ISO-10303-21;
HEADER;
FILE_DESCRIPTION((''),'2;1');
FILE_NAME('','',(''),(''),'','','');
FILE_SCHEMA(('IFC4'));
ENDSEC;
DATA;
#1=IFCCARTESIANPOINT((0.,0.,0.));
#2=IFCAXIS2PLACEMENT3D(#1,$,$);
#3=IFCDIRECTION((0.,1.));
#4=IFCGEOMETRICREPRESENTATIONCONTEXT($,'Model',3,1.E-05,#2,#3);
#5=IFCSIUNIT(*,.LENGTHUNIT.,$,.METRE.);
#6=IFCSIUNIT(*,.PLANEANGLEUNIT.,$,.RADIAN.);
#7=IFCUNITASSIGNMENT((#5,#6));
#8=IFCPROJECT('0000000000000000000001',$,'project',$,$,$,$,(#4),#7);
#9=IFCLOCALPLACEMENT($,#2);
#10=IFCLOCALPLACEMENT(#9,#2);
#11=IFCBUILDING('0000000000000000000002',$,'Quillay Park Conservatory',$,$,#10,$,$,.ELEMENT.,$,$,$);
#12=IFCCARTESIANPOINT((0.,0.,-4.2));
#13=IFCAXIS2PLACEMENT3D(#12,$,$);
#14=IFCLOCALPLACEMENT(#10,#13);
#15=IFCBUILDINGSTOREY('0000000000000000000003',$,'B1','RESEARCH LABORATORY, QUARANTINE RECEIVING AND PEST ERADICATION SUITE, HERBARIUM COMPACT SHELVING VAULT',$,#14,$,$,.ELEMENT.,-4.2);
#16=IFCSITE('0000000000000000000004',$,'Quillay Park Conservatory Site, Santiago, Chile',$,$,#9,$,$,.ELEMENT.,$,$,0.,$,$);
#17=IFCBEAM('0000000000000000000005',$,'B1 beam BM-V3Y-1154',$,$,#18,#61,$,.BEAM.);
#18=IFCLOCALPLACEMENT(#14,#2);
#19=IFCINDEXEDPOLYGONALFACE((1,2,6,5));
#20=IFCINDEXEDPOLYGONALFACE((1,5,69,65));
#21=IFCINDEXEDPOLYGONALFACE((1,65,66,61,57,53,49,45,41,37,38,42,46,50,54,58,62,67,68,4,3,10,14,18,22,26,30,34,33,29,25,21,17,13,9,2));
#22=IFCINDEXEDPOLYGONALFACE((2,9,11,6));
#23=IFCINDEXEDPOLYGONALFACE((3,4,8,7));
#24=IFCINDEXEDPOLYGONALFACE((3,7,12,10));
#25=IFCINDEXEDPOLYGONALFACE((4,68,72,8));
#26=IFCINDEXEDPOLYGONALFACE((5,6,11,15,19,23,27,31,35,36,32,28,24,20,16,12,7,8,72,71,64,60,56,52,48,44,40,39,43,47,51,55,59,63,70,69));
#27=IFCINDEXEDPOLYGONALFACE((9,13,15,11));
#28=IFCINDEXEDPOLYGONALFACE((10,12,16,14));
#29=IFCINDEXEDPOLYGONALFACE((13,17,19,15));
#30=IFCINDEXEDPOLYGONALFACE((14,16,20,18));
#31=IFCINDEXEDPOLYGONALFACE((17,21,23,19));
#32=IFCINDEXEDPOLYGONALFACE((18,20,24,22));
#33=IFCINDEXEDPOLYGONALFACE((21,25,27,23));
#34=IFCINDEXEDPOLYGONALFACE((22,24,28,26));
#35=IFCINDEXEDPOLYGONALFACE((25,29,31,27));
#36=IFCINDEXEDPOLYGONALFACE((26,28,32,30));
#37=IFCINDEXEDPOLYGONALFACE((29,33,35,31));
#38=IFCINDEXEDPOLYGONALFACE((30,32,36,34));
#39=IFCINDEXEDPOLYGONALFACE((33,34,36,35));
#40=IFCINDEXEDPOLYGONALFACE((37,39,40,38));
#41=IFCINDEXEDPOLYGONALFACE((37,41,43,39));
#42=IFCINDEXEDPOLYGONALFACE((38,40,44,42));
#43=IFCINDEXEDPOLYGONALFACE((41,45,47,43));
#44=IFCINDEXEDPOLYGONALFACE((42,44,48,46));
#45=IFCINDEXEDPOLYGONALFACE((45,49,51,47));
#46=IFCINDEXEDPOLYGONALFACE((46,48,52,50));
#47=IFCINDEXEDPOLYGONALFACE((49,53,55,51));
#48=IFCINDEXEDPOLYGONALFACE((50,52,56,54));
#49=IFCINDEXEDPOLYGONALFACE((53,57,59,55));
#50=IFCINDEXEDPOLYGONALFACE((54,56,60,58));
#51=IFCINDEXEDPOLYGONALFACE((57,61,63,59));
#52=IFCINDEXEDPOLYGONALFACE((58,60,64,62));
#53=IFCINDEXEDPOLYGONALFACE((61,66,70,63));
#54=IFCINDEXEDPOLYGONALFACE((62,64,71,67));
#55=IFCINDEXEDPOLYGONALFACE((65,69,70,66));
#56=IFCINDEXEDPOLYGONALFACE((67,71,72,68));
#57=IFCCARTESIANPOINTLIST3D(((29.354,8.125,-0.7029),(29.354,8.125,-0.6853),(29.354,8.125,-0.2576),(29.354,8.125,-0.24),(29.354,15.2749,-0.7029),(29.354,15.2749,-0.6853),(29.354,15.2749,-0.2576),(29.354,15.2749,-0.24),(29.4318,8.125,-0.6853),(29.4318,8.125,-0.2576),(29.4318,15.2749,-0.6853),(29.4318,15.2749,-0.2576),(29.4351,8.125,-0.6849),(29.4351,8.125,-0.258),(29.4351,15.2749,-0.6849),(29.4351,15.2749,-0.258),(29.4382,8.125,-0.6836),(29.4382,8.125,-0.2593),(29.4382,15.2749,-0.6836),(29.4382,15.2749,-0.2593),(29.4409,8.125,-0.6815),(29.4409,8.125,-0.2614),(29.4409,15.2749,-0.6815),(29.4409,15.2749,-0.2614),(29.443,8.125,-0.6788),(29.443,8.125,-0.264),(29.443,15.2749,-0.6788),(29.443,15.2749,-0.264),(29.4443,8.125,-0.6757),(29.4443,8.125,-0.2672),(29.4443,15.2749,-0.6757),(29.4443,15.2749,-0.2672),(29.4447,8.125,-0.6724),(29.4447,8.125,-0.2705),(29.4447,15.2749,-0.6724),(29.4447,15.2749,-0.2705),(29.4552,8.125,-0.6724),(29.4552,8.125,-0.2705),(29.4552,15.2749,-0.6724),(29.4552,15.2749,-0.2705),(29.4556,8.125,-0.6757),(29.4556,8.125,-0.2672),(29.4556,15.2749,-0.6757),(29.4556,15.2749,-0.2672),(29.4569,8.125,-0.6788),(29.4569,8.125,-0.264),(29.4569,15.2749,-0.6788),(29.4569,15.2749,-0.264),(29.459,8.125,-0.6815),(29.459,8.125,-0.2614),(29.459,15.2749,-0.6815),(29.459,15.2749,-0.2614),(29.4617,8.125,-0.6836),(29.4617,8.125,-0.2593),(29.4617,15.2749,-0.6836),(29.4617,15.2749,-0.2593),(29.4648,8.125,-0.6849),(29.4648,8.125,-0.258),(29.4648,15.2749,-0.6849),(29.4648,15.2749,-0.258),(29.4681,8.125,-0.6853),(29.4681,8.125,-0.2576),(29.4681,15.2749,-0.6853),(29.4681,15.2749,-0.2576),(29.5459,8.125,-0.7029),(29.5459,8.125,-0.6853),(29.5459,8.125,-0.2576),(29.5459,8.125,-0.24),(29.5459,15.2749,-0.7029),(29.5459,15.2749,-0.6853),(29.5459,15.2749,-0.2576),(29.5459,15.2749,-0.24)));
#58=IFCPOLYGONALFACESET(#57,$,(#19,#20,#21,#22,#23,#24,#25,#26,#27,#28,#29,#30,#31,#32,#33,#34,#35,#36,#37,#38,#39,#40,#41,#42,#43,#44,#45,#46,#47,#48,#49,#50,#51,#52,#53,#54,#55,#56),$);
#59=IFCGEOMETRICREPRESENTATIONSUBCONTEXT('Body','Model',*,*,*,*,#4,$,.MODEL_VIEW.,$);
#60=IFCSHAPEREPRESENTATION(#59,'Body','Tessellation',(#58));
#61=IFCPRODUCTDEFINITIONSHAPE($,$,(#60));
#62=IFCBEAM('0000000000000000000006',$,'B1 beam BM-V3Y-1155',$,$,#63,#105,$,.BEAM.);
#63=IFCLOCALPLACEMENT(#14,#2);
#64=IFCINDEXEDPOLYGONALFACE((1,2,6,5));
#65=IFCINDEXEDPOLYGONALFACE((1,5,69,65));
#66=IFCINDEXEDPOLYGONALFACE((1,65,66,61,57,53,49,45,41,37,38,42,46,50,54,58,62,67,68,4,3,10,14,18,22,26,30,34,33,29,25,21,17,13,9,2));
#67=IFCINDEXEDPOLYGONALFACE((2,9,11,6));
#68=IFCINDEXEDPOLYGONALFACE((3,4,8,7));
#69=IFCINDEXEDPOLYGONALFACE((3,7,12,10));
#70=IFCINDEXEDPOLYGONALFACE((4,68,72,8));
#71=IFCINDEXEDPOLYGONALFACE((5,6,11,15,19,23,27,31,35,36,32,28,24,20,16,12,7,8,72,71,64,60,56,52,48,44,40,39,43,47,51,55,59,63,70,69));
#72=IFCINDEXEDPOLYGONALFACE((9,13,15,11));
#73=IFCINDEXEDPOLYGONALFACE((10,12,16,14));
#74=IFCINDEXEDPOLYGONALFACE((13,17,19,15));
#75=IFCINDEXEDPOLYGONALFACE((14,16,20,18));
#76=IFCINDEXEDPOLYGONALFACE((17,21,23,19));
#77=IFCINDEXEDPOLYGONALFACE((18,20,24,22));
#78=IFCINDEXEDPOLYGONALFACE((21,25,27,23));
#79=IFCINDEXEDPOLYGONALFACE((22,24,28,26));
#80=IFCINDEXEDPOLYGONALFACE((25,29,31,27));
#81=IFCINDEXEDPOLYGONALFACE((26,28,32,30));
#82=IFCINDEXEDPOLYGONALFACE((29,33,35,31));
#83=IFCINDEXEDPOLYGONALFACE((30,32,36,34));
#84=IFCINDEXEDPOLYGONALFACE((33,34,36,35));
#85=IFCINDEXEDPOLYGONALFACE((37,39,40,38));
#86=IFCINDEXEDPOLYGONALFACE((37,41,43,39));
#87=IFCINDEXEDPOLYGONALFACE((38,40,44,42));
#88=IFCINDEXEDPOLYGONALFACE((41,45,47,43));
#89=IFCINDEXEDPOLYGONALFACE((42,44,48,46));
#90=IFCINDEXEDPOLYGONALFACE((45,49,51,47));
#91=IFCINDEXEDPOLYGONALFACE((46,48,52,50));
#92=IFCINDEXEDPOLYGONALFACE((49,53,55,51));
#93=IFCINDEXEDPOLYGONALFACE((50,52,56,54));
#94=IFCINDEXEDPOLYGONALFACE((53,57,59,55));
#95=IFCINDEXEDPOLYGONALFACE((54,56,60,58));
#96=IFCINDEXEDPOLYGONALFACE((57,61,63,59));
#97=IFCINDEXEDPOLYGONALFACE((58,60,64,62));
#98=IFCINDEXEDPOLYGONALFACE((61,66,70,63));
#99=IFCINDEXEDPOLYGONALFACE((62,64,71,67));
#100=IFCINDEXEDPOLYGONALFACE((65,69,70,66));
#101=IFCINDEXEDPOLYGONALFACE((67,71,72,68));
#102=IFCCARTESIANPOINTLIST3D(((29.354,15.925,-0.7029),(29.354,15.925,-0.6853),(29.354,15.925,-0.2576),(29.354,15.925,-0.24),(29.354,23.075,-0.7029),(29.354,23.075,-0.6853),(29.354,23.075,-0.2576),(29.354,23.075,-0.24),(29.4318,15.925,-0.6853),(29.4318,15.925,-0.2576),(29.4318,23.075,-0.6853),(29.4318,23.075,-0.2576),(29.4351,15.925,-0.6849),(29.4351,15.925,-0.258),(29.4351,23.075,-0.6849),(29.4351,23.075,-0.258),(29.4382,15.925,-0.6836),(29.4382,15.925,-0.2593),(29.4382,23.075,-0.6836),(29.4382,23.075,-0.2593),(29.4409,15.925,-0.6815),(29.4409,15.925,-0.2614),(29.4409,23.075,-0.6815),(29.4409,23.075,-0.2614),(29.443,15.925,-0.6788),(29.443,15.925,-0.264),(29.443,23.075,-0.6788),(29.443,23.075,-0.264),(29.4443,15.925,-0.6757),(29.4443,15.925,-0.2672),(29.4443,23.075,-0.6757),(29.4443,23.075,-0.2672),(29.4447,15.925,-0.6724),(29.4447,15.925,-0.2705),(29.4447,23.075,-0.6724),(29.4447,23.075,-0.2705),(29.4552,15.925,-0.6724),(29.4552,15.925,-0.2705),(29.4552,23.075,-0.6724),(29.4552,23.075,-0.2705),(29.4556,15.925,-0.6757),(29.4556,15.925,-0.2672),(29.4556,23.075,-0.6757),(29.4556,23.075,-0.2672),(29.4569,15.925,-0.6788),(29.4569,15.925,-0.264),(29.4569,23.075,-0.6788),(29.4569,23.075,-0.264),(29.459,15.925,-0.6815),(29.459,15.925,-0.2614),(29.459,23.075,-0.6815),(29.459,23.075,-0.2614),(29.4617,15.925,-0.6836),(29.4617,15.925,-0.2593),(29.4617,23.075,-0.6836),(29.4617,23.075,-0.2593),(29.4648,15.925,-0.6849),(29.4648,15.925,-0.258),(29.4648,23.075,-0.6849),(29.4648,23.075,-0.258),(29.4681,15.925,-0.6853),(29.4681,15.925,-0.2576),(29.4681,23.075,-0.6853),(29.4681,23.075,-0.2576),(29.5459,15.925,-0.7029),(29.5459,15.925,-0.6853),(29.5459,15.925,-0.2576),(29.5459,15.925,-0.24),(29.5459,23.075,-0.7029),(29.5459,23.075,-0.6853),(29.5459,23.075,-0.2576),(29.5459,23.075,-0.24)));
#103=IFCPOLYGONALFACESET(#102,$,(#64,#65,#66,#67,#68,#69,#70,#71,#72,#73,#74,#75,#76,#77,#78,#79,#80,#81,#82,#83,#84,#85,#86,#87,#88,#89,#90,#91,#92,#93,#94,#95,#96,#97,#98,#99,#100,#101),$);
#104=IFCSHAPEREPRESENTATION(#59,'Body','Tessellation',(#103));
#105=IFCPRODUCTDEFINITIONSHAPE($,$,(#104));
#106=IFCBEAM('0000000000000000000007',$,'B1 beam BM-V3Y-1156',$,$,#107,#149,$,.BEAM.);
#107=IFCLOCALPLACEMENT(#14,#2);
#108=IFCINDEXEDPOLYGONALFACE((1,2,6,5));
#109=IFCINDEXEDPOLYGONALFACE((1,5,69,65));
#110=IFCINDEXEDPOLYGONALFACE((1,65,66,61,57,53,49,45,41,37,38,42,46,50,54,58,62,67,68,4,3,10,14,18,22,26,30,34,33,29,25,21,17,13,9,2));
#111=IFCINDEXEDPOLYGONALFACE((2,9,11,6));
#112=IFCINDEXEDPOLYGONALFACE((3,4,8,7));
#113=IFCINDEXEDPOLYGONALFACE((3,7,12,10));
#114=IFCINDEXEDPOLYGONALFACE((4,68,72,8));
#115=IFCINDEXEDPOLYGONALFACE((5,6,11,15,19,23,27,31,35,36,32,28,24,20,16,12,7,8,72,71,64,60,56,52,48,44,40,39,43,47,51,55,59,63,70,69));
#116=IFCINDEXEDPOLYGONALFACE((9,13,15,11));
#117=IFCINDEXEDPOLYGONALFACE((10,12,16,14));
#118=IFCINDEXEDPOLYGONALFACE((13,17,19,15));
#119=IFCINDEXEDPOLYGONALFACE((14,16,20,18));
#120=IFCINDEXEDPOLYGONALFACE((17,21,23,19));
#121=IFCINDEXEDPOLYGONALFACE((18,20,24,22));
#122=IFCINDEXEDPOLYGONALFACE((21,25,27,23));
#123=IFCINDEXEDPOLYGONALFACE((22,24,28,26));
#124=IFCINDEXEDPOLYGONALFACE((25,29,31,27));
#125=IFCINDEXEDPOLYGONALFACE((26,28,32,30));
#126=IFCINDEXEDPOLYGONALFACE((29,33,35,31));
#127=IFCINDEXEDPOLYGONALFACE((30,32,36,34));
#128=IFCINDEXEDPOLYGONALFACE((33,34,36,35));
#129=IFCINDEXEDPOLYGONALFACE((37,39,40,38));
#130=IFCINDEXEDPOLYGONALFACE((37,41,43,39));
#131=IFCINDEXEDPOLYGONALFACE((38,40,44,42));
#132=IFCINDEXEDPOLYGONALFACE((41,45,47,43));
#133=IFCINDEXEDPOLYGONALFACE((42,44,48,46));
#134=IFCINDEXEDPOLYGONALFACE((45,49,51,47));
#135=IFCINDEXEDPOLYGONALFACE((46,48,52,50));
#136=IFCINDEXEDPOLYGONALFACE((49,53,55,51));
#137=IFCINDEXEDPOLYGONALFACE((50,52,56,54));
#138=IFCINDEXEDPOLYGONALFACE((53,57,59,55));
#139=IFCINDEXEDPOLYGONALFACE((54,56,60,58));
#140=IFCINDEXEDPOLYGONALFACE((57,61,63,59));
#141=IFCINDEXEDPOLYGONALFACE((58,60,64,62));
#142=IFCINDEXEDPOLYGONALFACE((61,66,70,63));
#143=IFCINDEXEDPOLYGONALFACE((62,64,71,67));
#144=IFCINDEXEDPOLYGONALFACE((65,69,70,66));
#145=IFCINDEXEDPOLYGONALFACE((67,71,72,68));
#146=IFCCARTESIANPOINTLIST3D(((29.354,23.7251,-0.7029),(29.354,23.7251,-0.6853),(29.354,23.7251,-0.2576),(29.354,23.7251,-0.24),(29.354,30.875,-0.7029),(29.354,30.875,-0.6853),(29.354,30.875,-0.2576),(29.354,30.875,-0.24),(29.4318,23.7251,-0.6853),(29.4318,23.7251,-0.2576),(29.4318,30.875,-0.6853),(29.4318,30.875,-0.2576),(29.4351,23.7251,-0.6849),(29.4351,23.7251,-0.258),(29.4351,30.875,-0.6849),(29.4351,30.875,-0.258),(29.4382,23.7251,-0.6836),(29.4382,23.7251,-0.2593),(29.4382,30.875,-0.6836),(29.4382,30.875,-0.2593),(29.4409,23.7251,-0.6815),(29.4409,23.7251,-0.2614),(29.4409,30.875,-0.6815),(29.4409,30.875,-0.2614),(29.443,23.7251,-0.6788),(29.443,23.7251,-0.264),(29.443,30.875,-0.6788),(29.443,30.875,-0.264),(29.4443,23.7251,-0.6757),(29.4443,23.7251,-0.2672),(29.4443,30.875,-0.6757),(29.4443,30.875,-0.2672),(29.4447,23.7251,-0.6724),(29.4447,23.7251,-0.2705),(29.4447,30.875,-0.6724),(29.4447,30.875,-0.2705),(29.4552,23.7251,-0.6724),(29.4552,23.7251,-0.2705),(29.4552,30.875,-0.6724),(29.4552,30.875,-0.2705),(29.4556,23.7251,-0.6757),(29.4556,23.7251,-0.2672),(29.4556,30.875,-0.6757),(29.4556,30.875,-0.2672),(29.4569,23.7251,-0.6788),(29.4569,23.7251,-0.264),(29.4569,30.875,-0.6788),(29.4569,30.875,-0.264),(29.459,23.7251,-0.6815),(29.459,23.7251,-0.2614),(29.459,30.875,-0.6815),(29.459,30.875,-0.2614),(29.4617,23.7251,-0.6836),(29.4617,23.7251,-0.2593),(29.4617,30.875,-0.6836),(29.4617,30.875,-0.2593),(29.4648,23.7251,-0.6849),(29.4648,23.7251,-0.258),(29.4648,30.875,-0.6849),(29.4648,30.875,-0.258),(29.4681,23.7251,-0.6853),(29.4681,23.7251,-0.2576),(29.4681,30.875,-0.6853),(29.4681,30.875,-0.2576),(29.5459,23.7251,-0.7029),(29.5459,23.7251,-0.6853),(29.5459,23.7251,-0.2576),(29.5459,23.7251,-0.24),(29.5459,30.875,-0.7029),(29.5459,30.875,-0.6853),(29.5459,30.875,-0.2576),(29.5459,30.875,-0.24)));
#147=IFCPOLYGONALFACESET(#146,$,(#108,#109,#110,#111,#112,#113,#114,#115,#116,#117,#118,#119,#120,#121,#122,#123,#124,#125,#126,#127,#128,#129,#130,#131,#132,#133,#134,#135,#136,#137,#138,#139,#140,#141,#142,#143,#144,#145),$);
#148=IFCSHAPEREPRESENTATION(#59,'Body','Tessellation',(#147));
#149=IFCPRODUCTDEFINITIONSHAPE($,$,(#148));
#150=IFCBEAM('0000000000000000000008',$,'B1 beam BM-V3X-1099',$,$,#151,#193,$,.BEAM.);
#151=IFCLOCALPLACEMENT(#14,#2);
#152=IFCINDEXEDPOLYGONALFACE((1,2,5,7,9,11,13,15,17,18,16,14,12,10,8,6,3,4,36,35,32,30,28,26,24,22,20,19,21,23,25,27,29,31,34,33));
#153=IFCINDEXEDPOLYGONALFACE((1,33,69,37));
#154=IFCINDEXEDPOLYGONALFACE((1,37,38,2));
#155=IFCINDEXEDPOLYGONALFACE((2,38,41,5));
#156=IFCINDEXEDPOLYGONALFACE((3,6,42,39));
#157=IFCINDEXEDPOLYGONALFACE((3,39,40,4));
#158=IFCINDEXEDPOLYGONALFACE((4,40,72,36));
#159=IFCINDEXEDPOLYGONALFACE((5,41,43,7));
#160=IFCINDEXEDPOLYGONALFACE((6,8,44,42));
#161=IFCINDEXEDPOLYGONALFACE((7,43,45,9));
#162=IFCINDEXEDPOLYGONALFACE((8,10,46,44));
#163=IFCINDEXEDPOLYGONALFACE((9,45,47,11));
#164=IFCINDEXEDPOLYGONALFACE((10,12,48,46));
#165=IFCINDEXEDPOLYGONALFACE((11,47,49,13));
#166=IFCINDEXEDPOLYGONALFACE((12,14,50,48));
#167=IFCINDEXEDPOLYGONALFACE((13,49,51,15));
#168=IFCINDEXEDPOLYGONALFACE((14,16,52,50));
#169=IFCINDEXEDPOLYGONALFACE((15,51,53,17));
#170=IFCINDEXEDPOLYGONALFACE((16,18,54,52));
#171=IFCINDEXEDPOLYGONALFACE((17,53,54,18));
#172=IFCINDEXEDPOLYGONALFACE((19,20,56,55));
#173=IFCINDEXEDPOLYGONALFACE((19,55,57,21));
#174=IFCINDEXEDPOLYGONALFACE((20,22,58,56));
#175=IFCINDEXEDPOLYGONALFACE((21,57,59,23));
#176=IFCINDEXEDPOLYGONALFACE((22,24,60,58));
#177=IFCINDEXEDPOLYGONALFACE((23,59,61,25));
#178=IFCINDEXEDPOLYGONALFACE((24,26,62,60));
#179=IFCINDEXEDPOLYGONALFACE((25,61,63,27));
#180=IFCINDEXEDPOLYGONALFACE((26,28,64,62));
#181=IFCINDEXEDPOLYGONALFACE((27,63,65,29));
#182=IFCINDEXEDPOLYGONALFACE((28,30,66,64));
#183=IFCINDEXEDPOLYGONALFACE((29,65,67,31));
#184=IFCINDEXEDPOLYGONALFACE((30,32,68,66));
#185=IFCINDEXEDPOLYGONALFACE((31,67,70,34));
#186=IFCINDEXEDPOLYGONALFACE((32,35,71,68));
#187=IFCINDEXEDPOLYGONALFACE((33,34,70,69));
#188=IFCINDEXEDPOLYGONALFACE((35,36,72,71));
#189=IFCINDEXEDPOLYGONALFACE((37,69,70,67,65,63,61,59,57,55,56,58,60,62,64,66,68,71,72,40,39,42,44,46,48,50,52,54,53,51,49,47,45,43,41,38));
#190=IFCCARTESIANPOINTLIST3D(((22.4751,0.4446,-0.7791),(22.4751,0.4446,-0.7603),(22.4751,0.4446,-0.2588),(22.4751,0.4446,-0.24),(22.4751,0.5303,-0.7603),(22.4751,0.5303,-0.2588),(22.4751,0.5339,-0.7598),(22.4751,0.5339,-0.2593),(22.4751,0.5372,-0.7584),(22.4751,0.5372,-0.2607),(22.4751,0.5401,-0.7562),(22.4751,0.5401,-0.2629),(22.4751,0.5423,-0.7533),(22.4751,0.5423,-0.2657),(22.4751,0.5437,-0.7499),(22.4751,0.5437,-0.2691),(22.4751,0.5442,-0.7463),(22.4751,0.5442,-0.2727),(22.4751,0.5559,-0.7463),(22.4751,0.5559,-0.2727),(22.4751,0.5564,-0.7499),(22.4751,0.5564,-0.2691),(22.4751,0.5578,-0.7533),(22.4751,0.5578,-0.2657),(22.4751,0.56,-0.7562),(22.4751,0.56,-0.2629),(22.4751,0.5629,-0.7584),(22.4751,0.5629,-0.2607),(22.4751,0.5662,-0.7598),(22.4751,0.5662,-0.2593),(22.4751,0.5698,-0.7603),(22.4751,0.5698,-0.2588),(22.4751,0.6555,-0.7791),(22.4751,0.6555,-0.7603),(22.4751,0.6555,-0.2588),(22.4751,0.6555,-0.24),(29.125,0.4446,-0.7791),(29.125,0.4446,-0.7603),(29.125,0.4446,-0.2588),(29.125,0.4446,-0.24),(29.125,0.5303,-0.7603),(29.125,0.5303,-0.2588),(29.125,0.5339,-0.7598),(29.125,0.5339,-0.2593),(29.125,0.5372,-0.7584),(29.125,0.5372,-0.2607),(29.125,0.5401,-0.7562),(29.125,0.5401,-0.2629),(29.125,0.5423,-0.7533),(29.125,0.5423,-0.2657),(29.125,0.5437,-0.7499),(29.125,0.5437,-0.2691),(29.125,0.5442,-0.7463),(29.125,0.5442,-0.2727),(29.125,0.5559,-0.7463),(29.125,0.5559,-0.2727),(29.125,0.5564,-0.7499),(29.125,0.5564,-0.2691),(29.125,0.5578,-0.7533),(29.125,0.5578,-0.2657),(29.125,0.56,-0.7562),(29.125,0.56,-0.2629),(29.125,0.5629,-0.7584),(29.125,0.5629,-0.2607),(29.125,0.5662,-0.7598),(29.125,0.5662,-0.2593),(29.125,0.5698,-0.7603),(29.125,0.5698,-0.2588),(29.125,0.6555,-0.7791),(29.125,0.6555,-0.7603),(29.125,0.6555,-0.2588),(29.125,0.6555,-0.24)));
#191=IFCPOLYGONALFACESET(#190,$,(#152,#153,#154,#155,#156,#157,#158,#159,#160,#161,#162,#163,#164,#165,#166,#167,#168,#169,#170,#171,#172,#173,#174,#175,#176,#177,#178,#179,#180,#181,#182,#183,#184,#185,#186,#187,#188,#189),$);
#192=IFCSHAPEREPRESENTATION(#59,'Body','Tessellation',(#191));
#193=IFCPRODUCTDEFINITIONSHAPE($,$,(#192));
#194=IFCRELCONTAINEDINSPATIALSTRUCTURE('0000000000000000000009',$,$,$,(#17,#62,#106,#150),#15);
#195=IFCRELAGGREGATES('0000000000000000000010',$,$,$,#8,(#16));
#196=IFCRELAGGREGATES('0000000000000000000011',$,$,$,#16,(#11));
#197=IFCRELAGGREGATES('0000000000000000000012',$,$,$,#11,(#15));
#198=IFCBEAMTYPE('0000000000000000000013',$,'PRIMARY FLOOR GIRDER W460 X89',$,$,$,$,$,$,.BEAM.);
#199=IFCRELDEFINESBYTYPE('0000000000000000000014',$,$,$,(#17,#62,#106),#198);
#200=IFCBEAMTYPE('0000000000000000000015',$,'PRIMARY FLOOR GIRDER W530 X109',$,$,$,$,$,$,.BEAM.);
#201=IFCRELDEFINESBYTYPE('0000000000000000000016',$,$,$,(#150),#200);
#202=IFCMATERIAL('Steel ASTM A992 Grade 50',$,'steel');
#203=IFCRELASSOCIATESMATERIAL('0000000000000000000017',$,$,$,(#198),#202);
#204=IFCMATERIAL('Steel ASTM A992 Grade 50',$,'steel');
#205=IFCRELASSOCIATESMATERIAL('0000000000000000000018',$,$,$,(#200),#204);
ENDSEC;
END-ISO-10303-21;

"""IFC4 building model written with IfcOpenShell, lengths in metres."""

from ifc_helpers import new_model, si_unit, direction, frame, origin, origin_2d, place, context, subcontext, project, spatial, i_section, extrude, material, material_profile, profile_set, type_object, element, save


model = new_model("IFC4")

# Units and contexts
model_context = context("Model", 3, precision=1e-05, world=origin(), true_north=direction((0.0, 1.0)))
body_context = subcontext(model_context, "Body", "Model", "MODEL_VIEW")
ifc_project = project(units=[si_unit("LENGTHUNIT", "METRE"), si_unit("PLANEANGLEUNIT", "RADIAN")], contexts=[model_context])

# Site, building, storey
site_placement = place(None, origin())
site = spatial("IfcSite", under=ifc_project, at=site_placement, Name="Quillay Park Conservatory Site, Santiago, Chile", CompositionType="ELEMENT", RefElevation=0.0)
building_placement = place(site_placement, origin())
building = spatial("IfcBuilding", under=site, at=building_placement, Name="Quillay Park Conservatory", CompositionType="ELEMENT")
storey_placement = place(building_placement, frame((0.0, 0.0, -4.2)))
storey = spatial("IfcBuildingStorey", under=building, at=storey_placement, Name="B1", Description="RESEARCH LABORATORY, QUARANTINE RECEIVING AND PEST ERADICATION SUITE, HERBARIUM COMPACT SHELVING VAULT", CompositionType="ELEMENT", Elevation=-4.2)

# Beams
ifc_material_1 = material(Name="Steel ASTM A992 Grade 50", Category="steel")
ifc_material_profile_1 = material_profile(ifc_material_1, i_section(OverallWidth=0.1919, OverallDepth=0.4629, WebThickness=0.0105, FlangeThickness=0.0176, FilletRadius=0.0129, at=origin_2d()), Name="W460x89")
ifc_profile_set_1 = profile_set([ifc_material_profile_1], Name="Steel ASTM A992 Grade 50")
beam_type_1 = type_object("IfcBeamType", Name="PRIMARY FLOOR GIRDER W460 X89", PredefinedType="BEAM", material=ifc_profile_set_1)
for number, where, z_axis, x_axis, name in (
    (1, (29.45, 8.125, -0.4714), (0.0, 1.0, 0.0), (-1.0, 0.0, 0.0), "B1 beam BM-V3Y-1154"),
    (2, (29.45, 15.925, -0.4714), (0.0, 1.0, 0.0), (-1.0, 0.0, 0.0), "B1 beam BM-V3Y-1155"),
    (3, (29.45, 23.7251, -0.4714), (0.0, 1.0, 0.0), (-1.0, 0.0, 0.0), "B1 beam BM-V3Y-1156"),
):
    element("IfcBeam", number, at=place(storey_placement, frame(where, z_axis=z_axis, x_axis=x_axis)), inside=storey, type_object=beam_type_1, Name=name, PredefinedType="BEAM", context=body_context, shape_type="SweptSolid", body=[
        extrude(i_section(OverallWidth=0.1919, OverallDepth=0.4629, WebThickness=0.0105, FlangeThickness=0.0176, FilletRadius=0.0129, at=origin_2d()), origin(), (0.0, 0.0, 1.0), 7.1499),
    ])
ifc_material_2 = material(Name="Steel ASTM A992 Grade 50", Category="steel")
ifc_material_profile_2 = material_profile(ifc_material_2, i_section(OverallWidth=0.2109, OverallDepth=0.5391, WebThickness=0.0117, FlangeThickness=0.0188, FilletRadius=0.0139, at=origin_2d()), Name="W530x109")
ifc_profile_set_2 = profile_set([ifc_material_profile_2], Name="Steel ASTM A992 Grade 50")
beam_type_2 = type_object("IfcBeamType", Name="PRIMARY FLOOR GIRDER W530 X109", PredefinedType="BEAM", material=ifc_profile_set_2)
for number, where, z_axis, x_axis, name in (
    (4, (22.4751, 0.55, -0.5095), (1.0, 0.0, 0.0), (0.0, 1.0, 0.0), "B1 beam BM-V3X-1099"),
):
    element("IfcBeam", number, at=place(storey_placement, frame(where, z_axis=z_axis, x_axis=x_axis)), inside=storey, type_object=beam_type_2, Name=name, PredefinedType="BEAM", context=body_context, shape_type="SweptSolid", body=[
        extrude(i_section(OverallWidth=0.2109, OverallDepth=0.5391, WebThickness=0.0117, FlangeThickness=0.0188, FilletRadius=0.0139, at=origin_2d()), origin(), (0.0, 0.0, 1.0), 6.6499),
    ])

save(model, "model.ifc")
